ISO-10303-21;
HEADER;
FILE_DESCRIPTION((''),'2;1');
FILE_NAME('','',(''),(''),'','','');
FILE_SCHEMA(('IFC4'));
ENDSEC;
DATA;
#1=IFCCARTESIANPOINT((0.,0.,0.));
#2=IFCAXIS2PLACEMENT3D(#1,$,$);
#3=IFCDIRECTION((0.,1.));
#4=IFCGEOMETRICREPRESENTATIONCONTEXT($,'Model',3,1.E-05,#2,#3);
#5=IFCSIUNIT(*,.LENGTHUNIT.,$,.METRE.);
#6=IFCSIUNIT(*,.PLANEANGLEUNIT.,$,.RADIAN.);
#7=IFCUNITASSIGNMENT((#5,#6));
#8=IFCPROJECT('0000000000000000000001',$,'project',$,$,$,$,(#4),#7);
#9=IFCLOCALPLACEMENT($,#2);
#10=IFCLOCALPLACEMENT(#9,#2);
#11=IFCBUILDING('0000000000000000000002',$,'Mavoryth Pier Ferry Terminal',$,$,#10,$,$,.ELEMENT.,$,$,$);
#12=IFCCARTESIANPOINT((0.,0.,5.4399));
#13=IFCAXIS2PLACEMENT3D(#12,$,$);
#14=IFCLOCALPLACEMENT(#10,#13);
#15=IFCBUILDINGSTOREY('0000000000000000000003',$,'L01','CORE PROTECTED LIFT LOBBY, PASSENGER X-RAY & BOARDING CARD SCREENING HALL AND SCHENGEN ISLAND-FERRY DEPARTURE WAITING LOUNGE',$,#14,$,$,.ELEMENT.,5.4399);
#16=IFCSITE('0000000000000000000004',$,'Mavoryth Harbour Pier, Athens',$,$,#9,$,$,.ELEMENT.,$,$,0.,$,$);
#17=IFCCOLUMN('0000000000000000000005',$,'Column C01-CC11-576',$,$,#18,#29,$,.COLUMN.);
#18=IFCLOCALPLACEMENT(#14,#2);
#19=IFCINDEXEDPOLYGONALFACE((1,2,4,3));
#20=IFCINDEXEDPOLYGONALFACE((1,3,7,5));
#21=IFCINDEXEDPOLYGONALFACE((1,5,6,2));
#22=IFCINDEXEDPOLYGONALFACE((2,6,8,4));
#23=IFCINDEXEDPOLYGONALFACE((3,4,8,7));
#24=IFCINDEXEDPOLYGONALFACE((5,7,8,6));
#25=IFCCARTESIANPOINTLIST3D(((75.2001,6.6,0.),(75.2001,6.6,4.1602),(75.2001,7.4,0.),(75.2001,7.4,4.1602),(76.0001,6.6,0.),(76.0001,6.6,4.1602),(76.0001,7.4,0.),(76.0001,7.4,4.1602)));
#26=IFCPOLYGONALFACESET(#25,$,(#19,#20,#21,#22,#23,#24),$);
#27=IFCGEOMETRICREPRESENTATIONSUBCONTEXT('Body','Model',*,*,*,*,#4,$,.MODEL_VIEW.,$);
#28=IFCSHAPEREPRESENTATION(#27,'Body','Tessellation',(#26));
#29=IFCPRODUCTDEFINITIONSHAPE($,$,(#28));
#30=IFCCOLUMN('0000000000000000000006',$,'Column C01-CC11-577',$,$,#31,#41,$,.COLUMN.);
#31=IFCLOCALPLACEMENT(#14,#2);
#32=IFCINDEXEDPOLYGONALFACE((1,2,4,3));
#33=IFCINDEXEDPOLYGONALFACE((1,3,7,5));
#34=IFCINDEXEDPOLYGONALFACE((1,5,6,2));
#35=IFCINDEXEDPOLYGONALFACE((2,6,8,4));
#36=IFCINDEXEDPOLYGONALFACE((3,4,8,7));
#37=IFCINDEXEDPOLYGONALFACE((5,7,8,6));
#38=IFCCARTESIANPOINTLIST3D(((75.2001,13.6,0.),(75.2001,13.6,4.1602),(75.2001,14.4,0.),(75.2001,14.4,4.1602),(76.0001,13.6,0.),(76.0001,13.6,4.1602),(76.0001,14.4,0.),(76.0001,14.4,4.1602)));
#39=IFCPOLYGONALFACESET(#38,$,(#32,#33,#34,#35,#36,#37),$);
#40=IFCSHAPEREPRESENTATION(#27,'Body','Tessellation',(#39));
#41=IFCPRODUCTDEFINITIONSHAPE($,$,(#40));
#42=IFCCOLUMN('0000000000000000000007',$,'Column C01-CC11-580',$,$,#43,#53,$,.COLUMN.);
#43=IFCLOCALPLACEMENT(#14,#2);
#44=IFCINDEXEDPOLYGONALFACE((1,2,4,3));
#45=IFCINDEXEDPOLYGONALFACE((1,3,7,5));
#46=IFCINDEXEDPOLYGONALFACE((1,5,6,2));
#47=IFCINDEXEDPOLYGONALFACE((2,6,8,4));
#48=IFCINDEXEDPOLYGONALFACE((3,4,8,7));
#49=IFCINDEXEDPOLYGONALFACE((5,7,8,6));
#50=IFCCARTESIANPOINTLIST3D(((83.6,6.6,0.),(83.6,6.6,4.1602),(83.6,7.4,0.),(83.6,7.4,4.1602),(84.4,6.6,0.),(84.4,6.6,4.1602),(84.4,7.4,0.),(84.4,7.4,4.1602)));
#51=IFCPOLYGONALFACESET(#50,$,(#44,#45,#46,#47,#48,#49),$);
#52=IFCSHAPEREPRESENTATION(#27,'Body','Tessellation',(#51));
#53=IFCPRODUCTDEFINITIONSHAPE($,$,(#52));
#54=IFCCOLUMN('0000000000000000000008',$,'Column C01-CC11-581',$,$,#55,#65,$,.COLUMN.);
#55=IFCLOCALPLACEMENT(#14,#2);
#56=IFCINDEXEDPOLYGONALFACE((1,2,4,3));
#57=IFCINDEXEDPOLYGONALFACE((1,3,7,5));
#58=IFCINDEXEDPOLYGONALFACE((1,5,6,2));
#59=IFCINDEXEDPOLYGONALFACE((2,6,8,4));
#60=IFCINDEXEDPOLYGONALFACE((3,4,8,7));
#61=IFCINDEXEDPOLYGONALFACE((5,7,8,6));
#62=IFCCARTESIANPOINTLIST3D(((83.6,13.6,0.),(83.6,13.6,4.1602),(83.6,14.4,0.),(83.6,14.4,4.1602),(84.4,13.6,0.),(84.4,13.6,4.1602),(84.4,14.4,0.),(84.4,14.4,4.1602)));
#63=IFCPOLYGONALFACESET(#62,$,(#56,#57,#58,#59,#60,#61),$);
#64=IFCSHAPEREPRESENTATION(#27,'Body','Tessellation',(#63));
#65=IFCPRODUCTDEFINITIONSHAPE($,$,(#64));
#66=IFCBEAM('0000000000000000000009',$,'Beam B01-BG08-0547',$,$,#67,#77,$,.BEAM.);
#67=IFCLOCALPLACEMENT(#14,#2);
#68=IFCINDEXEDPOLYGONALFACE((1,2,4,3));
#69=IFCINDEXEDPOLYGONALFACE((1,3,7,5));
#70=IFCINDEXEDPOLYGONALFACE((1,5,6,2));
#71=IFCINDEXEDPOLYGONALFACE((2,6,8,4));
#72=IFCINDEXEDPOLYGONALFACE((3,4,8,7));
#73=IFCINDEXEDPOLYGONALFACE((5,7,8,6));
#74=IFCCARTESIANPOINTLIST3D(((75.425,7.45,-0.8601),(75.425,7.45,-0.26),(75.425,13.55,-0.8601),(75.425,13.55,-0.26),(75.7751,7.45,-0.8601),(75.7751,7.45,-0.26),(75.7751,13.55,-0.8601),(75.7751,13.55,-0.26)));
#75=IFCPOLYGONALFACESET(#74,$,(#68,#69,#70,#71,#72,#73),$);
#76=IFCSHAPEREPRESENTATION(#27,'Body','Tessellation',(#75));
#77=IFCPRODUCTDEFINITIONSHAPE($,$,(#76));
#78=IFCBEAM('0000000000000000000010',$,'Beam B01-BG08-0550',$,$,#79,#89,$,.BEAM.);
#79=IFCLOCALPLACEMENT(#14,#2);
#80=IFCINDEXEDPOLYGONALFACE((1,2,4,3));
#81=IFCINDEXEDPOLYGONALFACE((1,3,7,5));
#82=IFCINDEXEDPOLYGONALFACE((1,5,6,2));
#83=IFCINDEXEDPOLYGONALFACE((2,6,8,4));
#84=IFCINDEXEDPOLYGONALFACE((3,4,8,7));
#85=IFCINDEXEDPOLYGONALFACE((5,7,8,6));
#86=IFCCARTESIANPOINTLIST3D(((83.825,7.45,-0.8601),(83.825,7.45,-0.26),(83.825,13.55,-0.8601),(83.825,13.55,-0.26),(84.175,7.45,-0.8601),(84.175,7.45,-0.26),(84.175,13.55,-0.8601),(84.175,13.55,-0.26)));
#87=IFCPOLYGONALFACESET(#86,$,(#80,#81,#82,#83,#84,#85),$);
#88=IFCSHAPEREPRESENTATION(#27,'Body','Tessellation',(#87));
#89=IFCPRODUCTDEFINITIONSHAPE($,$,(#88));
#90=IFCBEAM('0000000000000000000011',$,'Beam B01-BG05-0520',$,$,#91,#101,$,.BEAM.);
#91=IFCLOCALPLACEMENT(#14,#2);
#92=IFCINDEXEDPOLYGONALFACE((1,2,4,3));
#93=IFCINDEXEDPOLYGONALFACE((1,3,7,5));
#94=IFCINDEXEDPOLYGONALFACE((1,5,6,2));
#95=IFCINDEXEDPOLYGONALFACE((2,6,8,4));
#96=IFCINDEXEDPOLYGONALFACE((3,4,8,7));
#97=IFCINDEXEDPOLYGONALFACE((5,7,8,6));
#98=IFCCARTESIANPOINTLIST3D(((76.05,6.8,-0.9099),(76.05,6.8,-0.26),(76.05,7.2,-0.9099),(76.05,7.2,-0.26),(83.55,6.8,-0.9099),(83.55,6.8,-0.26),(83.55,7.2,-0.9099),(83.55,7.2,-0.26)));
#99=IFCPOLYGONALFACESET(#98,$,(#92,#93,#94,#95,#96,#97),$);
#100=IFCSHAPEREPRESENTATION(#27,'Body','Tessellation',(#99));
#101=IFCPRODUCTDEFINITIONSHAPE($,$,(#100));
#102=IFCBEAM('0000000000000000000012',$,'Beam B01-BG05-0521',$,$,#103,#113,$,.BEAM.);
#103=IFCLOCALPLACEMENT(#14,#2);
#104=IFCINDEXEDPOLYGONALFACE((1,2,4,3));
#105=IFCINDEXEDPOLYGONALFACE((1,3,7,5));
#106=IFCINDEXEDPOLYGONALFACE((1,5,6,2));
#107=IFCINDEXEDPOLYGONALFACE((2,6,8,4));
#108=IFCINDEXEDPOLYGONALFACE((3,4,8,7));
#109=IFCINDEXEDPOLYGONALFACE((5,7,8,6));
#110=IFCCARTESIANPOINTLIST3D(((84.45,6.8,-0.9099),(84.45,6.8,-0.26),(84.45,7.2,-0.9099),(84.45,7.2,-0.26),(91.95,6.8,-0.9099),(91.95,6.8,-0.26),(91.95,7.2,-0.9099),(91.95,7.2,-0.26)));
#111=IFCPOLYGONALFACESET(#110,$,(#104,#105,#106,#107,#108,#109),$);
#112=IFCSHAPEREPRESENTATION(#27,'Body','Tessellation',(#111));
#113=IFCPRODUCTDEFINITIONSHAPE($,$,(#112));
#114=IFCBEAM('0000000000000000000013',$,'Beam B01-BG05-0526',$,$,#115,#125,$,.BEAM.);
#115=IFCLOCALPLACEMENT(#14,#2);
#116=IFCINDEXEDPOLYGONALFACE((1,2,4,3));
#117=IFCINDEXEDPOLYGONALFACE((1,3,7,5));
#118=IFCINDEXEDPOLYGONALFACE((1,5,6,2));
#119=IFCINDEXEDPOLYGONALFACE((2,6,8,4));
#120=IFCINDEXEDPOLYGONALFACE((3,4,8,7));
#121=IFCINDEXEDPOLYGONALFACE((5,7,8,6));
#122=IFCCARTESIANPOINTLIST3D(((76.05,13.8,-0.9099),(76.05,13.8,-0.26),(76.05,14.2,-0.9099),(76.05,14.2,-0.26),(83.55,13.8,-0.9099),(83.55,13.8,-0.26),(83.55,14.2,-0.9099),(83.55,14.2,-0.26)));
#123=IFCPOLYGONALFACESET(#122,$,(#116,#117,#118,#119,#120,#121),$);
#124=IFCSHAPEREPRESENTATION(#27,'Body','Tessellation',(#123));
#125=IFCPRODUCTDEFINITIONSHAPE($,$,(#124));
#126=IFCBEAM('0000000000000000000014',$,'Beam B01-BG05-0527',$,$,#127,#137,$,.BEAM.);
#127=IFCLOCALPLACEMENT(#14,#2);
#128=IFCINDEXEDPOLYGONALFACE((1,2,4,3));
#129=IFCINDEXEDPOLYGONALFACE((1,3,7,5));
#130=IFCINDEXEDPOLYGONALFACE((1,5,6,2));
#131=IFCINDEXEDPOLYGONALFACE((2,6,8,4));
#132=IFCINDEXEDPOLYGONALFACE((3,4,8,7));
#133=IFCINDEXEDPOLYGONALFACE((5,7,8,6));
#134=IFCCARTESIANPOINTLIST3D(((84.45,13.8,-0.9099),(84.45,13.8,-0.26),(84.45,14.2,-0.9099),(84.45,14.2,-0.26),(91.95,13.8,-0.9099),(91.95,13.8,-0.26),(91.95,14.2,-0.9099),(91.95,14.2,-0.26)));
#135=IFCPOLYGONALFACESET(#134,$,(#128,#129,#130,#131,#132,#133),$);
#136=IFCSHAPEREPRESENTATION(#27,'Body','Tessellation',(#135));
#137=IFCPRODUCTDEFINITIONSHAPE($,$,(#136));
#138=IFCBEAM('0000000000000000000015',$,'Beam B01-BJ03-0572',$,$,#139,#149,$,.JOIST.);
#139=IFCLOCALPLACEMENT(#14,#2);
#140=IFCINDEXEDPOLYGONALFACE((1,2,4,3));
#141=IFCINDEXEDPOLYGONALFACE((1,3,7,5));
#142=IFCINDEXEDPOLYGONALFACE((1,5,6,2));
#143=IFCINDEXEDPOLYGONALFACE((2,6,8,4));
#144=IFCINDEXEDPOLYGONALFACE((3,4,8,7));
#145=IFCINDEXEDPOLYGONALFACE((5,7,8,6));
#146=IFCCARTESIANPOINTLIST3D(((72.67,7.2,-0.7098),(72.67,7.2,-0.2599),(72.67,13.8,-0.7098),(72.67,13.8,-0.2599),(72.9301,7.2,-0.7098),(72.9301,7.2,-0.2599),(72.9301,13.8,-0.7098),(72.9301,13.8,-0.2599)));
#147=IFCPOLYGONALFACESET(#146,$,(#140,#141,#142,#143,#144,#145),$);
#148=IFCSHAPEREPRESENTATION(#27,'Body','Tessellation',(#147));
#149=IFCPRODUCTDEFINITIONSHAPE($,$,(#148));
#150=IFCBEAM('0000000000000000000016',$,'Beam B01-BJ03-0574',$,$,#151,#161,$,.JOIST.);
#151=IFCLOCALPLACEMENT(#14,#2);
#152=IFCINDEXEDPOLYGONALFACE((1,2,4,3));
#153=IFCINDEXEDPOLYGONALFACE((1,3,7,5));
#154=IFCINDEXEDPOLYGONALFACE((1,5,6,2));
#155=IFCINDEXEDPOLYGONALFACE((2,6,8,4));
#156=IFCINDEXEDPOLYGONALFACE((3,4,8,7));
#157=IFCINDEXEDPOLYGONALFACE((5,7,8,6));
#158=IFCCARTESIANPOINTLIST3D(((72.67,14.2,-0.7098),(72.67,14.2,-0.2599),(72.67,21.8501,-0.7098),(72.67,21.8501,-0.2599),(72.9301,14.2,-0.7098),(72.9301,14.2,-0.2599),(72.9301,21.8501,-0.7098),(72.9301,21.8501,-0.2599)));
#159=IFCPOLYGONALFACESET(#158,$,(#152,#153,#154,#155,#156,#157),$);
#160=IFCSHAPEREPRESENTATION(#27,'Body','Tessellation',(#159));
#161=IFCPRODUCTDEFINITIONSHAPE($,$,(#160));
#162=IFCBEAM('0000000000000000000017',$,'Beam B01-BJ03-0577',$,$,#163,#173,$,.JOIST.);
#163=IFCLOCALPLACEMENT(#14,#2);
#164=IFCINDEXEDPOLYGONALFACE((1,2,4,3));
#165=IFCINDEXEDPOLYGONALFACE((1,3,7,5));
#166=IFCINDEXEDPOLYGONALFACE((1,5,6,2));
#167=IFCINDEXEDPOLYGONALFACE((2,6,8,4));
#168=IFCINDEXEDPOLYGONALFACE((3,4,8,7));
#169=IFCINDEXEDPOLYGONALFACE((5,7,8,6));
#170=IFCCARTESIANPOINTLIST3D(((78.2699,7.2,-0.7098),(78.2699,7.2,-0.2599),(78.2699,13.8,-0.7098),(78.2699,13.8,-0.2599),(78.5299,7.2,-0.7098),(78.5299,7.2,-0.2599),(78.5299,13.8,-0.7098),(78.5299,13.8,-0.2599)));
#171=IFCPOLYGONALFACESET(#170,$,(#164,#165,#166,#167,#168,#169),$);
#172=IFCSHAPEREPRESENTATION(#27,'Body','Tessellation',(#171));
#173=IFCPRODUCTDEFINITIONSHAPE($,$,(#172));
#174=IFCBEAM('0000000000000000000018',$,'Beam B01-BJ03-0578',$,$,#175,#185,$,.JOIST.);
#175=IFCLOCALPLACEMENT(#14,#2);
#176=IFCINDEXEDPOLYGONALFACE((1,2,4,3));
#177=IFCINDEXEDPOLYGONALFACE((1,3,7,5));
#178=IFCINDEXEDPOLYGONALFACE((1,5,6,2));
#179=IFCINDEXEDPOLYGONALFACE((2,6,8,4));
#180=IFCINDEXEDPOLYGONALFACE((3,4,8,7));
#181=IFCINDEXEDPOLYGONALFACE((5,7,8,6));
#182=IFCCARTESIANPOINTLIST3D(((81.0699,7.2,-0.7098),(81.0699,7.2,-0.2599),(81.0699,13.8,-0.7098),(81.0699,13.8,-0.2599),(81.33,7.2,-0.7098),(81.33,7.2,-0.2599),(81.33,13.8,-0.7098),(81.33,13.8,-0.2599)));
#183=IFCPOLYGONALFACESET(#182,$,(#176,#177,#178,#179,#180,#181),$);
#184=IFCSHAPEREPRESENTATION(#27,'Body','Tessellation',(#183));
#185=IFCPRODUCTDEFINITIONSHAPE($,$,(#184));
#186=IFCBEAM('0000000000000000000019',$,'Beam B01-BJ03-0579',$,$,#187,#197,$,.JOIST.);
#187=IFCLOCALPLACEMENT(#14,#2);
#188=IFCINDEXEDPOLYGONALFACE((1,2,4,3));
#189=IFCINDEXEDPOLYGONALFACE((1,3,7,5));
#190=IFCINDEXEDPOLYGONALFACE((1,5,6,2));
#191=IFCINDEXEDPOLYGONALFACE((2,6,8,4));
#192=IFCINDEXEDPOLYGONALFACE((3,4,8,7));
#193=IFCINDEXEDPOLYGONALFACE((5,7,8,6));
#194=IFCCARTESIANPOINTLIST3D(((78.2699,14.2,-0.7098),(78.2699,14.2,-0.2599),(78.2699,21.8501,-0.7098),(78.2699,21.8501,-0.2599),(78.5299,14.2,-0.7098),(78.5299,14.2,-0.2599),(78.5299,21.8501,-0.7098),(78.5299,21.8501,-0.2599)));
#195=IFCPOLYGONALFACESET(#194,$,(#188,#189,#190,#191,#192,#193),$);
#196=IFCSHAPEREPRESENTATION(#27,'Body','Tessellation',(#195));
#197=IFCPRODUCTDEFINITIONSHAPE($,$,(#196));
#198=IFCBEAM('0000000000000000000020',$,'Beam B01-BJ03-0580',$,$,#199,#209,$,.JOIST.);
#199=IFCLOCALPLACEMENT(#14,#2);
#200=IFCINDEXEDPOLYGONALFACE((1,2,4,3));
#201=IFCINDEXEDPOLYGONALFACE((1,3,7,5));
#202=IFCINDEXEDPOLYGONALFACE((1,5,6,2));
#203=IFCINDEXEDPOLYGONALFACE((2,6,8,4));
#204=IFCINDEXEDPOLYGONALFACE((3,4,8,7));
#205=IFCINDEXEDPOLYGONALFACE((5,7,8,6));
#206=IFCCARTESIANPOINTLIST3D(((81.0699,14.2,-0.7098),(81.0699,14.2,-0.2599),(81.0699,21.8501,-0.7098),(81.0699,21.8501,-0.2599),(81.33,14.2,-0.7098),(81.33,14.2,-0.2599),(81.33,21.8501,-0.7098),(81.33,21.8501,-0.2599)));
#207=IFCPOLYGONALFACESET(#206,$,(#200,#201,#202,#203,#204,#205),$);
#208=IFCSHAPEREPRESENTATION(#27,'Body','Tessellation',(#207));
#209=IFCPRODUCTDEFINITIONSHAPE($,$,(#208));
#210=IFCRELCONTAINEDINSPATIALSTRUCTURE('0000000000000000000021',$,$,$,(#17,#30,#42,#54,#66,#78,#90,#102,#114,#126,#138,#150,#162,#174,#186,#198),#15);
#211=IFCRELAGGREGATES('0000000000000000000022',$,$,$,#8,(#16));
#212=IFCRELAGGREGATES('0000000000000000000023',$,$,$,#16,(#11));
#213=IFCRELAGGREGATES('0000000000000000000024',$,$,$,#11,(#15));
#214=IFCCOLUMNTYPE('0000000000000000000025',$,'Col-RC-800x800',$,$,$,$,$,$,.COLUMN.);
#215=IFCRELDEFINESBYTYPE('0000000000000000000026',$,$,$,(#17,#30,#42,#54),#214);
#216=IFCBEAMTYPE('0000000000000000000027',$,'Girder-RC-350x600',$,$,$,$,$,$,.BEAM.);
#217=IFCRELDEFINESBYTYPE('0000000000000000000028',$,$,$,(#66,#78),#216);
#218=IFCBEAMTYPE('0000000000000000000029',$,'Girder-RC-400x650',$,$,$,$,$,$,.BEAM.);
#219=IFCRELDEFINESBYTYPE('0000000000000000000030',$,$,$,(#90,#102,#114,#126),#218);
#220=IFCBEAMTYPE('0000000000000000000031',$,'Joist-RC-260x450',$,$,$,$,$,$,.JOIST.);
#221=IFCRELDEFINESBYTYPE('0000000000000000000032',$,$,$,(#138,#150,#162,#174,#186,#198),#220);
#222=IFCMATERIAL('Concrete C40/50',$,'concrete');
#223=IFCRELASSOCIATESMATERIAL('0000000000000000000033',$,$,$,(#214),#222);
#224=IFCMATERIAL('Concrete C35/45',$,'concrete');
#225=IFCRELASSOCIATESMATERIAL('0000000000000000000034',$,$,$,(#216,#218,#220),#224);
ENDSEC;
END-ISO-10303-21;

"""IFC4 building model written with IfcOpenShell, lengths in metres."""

from ifc_helpers import new_model, si_unit, direction, frame, origin, origin_2d, place, context, subcontext, project, spatial, rectangle, extrude, material, material_profile, profile_set, type_object, element, save


model = new_model("IFC4")

# Units and contexts
model_context = context("Model", 3, precision=1e-05, world=origin(), true_north=direction((0.0, 1.0)))
body_context = subcontext(model_context, "Body", "Model", "MODEL_VIEW")
ifc_project = project(units=[si_unit("LENGTHUNIT", "METRE"), si_unit("PLANEANGLEUNIT", "RADIAN")], contexts=[model_context])

# Site, building, storey
site_placement = place(None, origin())
site = spatial("IfcSite", under=ifc_project, at=site_placement, Name="Mavoryth Harbour Pier, Athens", CompositionType="ELEMENT", RefElevation=0.0)
building_placement = place(site_placement, origin())
building = spatial("IfcBuilding", under=site, at=building_placement, Name="Mavoryth Pier Ferry Terminal", CompositionType="ELEMENT")
storey_placement = place(building_placement, frame((0.0, 0.0, 5.4399)))
storey = spatial("IfcBuildingStorey", under=building, at=storey_placement, Name="L01", Description="CORE PROTECTED LIFT LOBBY, PASSENGER X-RAY & BOARDING CARD SCREENING HALL AND SCHENGEN ISLAND-FERRY DEPARTURE WAITING LOUNGE", CompositionType="ELEMENT", Elevation=5.4399)

# Columns
ifc_material_1 = material(Name="Concrete C40/50", Category="concrete")
ifc_material_profile_1 = material_profile(ifc_material_1, rectangle(XDim=0.8, YDim=0.8, at=origin_2d()), Name="RC 800x800", Category="concrete")
ifc_profile_set_1 = profile_set([ifc_material_profile_1], Name="Concrete C40/50 - RC 800x800")
column_type = type_object("IfcColumnType", Name="Col-RC-800x800", PredefinedType="COLUMN", material=ifc_profile_set_1)
for number, where, z_axis, x_axis, name in (
    (1, (75.6001, 7.0, 0.0), (0.0, 0.0, 1.0), (1.0, 0.0, 0.0), "Column C01-CC11-576"),
    (2, (75.6001, 14.0, 0.0), (0.0, 0.0, 1.0), (1.0, 0.0, 0.0), "Column C01-CC11-577"),
    (3, (84.0, 7.0, 0.0), (0.0, 0.0, 1.0), (1.0, 0.0, 0.0), "Column C01-CC11-580"),
    (4, (84.0, 14.0, 0.0), (0.0, 0.0, 1.0), (1.0, 0.0, 0.0), "Column C01-CC11-581"),
):
    element("IfcColumn", number, at=place(storey_placement, frame(where, z_axis=z_axis, x_axis=x_axis)), inside=storey, type_object=column_type, Name=name, PredefinedType="COLUMN", context=body_context, shape_type="SweptSolid", body=[
        extrude(rectangle(XDim=0.8, YDim=0.8, at=origin_2d()), origin(), (0.0, 0.0, 1.0), 4.1602),
    ])

# Beams
ifc_material_2 = material(Name="Concrete C35/45", Category="concrete")
ifc_material_profile_2 = material_profile(ifc_material_2, rectangle(XDim=0.3501, YDim=0.6001, at=origin_2d()), Name="RC 350x600", Category="concrete")
ifc_profile_set_2 = profile_set([ifc_material_profile_2], Name="Concrete C35/45 - RC 350x600")
beam_type_1 = type_object("IfcBeamType", Name="Girder-RC-350x600", PredefinedType="BEAM", material=ifc_profile_set_2)
for number, where, z_axis, x_axis, name in (
    (5, (75.6001, 7.45, -0.5601), (0.0, 1.0, 0.0), (-1.0, 0.0, 0.0), "Beam B01-BG08-0547"),
    (6, (84.0, 7.45, -0.5601), (0.0, 1.0, 0.0), (-1.0, 0.0, 0.0), "Beam B01-BG08-0550"),
):
    element("IfcBeam", number, at=place(storey_placement, frame(where, z_axis=z_axis, x_axis=x_axis)), inside=storey, type_object=beam_type_1, Name=name, PredefinedType="BEAM", context=body_context, shape_type="SweptSolid", body=[
        extrude(rectangle(XDim=0.3501, YDim=0.6001, at=origin_2d()), origin(), (0.0, 0.0, 1.0), 6.1001),
    ])
ifc_material_profile_3 = material_profile(ifc_material_2, rectangle(XDim=0.3999, YDim=0.6499, at=origin_2d()), Name="RC 400x650", Category="concrete")
ifc_profile_set_3 = profile_set([ifc_material_profile_3], Name="Concrete C35/45 - RC 400x650")
beam_type_2 = type_object("IfcBeamType", Name="Girder-RC-400x650", PredefinedType="BEAM", material=ifc_profile_set_3)
for number, where, z_axis, x_axis, name in (
    (7, (76.05, 7.0, -0.585), (1.0, 0.0, 0.0), (0.0, 1.0, 0.0), "Beam B01-BG05-0520"),
    (8, (84.45, 7.0, -0.585), (1.0, 0.0, 0.0), (0.0, 1.0, 0.0), "Beam B01-BG05-0521"),
    (9, (76.05, 14.0, -0.585), (1.0, 0.0, 0.0), (0.0, 1.0, 0.0), "Beam B01-BG05-0526"),
    (10, (84.45, 14.0, -0.585), (1.0, 0.0, 0.0), (0.0, 1.0, 0.0), "Beam B01-BG05-0527"),
):
    element("IfcBeam", number, at=place(storey_placement, frame(where, z_axis=z_axis, x_axis=x_axis)), inside=storey, type_object=beam_type_2, Name=name, PredefinedType="BEAM", context=body_context, shape_type="SweptSolid", body=[
        extrude(rectangle(XDim=0.3999, YDim=0.6499, at=origin_2d()), origin(), (0.0, 0.0, 1.0), 7.5),
    ])
ifc_material_profile_4 = material_profile(ifc_material_2, rectangle(XDim=0.26, YDim=0.45, at=origin_2d()), Name="RC 260x450", Category="concrete")
ifc_profile_set_4 = profile_set([ifc_material_profile_4], Name="Concrete C35/45 - RC 260x450")
beam_type_3 = type_object("IfcBeamType", Name="Joist-RC-260x450", PredefinedType="JOIST", material=ifc_profile_set_4)
beam_1_placement = place(storey_placement, frame((72.8, 7.2, -0.4849), z_axis=(0.0, 1.0, 0.0), x_axis=(-1.0, 0.0, 0.0)))
element("IfcBeam", 11, at=beam_1_placement, inside=storey, type_object=beam_type_3, Name="Beam B01-BJ03-0572", PredefinedType="JOIST", context=body_context, shape_type="SweptSolid", body=[
    extrude(rectangle(XDim=0.26, YDim=0.45, at=origin_2d()), origin(), (0.0, 0.0, 1.0), 6.6001),
])
beam_2_placement = place(storey_placement, frame((72.8, 14.2, -0.4849), z_axis=(0.0, 1.0, 0.0), x_axis=(-1.0, 0.0, 0.0)))
element("IfcBeam", 12, at=beam_2_placement, inside=storey, type_object=beam_type_3, Name="Beam B01-BJ03-0574", PredefinedType="JOIST", context=body_context, shape_type="SweptSolid", body=[
    extrude(rectangle(XDim=0.26, YDim=0.45, at=origin_2d()), origin(), (0.0, 0.0, 1.0), 7.6501),
])
for number, where, z_axis, x_axis, name in (
    (13, (78.3999, 7.2, -0.4849), (0.0, 1.0, 0.0), (-1.0, 0.0, 0.0), "Beam B01-BJ03-0577"),
    (14, (81.2, 7.2, -0.4849), (0.0, 1.0, 0.0), (-1.0, 0.0, 0.0), "Beam B01-BJ03-0578"),
):
    element("IfcBeam", number, at=place(storey_placement, frame(where, z_axis=z_axis, x_axis=x_axis)), inside=storey, type_object=beam_type_3, Name=name, PredefinedType="JOIST", context=body_context, shape_type="SweptSolid", body=[
        extrude(rectangle(XDim=0.26, YDim=0.45, at=origin_2d()), origin(), (0.0, 0.0, 1.0), 6.6001),
    ])
for number, where, z_axis, x_axis, name in (
    (15, (78.3999, 14.2, -0.4849), (0.0, 1.0, 0.0), (-1.0, 0.0, 0.0), "Beam B01-BJ03-0579"),
    (16, (81.2, 14.2, -0.4849), (0.0, 1.0, 0.0), (-1.0, 0.0, 0.0), "Beam B01-BJ03-0580"),
):
    element("IfcBeam", number, at=place(storey_placement, frame(where, z_axis=z_axis, x_axis=x_axis)), inside=storey, type_object=beam_type_3, Name=name, PredefinedType="JOIST", context=body_context, shape_type="SweptSolid", body=[
        extrude(rectangle(XDim=0.26, YDim=0.45, at=origin_2d()), origin(), (0.0, 0.0, 1.0), 7.6501),
    ])

save(model, "model.ifc")
